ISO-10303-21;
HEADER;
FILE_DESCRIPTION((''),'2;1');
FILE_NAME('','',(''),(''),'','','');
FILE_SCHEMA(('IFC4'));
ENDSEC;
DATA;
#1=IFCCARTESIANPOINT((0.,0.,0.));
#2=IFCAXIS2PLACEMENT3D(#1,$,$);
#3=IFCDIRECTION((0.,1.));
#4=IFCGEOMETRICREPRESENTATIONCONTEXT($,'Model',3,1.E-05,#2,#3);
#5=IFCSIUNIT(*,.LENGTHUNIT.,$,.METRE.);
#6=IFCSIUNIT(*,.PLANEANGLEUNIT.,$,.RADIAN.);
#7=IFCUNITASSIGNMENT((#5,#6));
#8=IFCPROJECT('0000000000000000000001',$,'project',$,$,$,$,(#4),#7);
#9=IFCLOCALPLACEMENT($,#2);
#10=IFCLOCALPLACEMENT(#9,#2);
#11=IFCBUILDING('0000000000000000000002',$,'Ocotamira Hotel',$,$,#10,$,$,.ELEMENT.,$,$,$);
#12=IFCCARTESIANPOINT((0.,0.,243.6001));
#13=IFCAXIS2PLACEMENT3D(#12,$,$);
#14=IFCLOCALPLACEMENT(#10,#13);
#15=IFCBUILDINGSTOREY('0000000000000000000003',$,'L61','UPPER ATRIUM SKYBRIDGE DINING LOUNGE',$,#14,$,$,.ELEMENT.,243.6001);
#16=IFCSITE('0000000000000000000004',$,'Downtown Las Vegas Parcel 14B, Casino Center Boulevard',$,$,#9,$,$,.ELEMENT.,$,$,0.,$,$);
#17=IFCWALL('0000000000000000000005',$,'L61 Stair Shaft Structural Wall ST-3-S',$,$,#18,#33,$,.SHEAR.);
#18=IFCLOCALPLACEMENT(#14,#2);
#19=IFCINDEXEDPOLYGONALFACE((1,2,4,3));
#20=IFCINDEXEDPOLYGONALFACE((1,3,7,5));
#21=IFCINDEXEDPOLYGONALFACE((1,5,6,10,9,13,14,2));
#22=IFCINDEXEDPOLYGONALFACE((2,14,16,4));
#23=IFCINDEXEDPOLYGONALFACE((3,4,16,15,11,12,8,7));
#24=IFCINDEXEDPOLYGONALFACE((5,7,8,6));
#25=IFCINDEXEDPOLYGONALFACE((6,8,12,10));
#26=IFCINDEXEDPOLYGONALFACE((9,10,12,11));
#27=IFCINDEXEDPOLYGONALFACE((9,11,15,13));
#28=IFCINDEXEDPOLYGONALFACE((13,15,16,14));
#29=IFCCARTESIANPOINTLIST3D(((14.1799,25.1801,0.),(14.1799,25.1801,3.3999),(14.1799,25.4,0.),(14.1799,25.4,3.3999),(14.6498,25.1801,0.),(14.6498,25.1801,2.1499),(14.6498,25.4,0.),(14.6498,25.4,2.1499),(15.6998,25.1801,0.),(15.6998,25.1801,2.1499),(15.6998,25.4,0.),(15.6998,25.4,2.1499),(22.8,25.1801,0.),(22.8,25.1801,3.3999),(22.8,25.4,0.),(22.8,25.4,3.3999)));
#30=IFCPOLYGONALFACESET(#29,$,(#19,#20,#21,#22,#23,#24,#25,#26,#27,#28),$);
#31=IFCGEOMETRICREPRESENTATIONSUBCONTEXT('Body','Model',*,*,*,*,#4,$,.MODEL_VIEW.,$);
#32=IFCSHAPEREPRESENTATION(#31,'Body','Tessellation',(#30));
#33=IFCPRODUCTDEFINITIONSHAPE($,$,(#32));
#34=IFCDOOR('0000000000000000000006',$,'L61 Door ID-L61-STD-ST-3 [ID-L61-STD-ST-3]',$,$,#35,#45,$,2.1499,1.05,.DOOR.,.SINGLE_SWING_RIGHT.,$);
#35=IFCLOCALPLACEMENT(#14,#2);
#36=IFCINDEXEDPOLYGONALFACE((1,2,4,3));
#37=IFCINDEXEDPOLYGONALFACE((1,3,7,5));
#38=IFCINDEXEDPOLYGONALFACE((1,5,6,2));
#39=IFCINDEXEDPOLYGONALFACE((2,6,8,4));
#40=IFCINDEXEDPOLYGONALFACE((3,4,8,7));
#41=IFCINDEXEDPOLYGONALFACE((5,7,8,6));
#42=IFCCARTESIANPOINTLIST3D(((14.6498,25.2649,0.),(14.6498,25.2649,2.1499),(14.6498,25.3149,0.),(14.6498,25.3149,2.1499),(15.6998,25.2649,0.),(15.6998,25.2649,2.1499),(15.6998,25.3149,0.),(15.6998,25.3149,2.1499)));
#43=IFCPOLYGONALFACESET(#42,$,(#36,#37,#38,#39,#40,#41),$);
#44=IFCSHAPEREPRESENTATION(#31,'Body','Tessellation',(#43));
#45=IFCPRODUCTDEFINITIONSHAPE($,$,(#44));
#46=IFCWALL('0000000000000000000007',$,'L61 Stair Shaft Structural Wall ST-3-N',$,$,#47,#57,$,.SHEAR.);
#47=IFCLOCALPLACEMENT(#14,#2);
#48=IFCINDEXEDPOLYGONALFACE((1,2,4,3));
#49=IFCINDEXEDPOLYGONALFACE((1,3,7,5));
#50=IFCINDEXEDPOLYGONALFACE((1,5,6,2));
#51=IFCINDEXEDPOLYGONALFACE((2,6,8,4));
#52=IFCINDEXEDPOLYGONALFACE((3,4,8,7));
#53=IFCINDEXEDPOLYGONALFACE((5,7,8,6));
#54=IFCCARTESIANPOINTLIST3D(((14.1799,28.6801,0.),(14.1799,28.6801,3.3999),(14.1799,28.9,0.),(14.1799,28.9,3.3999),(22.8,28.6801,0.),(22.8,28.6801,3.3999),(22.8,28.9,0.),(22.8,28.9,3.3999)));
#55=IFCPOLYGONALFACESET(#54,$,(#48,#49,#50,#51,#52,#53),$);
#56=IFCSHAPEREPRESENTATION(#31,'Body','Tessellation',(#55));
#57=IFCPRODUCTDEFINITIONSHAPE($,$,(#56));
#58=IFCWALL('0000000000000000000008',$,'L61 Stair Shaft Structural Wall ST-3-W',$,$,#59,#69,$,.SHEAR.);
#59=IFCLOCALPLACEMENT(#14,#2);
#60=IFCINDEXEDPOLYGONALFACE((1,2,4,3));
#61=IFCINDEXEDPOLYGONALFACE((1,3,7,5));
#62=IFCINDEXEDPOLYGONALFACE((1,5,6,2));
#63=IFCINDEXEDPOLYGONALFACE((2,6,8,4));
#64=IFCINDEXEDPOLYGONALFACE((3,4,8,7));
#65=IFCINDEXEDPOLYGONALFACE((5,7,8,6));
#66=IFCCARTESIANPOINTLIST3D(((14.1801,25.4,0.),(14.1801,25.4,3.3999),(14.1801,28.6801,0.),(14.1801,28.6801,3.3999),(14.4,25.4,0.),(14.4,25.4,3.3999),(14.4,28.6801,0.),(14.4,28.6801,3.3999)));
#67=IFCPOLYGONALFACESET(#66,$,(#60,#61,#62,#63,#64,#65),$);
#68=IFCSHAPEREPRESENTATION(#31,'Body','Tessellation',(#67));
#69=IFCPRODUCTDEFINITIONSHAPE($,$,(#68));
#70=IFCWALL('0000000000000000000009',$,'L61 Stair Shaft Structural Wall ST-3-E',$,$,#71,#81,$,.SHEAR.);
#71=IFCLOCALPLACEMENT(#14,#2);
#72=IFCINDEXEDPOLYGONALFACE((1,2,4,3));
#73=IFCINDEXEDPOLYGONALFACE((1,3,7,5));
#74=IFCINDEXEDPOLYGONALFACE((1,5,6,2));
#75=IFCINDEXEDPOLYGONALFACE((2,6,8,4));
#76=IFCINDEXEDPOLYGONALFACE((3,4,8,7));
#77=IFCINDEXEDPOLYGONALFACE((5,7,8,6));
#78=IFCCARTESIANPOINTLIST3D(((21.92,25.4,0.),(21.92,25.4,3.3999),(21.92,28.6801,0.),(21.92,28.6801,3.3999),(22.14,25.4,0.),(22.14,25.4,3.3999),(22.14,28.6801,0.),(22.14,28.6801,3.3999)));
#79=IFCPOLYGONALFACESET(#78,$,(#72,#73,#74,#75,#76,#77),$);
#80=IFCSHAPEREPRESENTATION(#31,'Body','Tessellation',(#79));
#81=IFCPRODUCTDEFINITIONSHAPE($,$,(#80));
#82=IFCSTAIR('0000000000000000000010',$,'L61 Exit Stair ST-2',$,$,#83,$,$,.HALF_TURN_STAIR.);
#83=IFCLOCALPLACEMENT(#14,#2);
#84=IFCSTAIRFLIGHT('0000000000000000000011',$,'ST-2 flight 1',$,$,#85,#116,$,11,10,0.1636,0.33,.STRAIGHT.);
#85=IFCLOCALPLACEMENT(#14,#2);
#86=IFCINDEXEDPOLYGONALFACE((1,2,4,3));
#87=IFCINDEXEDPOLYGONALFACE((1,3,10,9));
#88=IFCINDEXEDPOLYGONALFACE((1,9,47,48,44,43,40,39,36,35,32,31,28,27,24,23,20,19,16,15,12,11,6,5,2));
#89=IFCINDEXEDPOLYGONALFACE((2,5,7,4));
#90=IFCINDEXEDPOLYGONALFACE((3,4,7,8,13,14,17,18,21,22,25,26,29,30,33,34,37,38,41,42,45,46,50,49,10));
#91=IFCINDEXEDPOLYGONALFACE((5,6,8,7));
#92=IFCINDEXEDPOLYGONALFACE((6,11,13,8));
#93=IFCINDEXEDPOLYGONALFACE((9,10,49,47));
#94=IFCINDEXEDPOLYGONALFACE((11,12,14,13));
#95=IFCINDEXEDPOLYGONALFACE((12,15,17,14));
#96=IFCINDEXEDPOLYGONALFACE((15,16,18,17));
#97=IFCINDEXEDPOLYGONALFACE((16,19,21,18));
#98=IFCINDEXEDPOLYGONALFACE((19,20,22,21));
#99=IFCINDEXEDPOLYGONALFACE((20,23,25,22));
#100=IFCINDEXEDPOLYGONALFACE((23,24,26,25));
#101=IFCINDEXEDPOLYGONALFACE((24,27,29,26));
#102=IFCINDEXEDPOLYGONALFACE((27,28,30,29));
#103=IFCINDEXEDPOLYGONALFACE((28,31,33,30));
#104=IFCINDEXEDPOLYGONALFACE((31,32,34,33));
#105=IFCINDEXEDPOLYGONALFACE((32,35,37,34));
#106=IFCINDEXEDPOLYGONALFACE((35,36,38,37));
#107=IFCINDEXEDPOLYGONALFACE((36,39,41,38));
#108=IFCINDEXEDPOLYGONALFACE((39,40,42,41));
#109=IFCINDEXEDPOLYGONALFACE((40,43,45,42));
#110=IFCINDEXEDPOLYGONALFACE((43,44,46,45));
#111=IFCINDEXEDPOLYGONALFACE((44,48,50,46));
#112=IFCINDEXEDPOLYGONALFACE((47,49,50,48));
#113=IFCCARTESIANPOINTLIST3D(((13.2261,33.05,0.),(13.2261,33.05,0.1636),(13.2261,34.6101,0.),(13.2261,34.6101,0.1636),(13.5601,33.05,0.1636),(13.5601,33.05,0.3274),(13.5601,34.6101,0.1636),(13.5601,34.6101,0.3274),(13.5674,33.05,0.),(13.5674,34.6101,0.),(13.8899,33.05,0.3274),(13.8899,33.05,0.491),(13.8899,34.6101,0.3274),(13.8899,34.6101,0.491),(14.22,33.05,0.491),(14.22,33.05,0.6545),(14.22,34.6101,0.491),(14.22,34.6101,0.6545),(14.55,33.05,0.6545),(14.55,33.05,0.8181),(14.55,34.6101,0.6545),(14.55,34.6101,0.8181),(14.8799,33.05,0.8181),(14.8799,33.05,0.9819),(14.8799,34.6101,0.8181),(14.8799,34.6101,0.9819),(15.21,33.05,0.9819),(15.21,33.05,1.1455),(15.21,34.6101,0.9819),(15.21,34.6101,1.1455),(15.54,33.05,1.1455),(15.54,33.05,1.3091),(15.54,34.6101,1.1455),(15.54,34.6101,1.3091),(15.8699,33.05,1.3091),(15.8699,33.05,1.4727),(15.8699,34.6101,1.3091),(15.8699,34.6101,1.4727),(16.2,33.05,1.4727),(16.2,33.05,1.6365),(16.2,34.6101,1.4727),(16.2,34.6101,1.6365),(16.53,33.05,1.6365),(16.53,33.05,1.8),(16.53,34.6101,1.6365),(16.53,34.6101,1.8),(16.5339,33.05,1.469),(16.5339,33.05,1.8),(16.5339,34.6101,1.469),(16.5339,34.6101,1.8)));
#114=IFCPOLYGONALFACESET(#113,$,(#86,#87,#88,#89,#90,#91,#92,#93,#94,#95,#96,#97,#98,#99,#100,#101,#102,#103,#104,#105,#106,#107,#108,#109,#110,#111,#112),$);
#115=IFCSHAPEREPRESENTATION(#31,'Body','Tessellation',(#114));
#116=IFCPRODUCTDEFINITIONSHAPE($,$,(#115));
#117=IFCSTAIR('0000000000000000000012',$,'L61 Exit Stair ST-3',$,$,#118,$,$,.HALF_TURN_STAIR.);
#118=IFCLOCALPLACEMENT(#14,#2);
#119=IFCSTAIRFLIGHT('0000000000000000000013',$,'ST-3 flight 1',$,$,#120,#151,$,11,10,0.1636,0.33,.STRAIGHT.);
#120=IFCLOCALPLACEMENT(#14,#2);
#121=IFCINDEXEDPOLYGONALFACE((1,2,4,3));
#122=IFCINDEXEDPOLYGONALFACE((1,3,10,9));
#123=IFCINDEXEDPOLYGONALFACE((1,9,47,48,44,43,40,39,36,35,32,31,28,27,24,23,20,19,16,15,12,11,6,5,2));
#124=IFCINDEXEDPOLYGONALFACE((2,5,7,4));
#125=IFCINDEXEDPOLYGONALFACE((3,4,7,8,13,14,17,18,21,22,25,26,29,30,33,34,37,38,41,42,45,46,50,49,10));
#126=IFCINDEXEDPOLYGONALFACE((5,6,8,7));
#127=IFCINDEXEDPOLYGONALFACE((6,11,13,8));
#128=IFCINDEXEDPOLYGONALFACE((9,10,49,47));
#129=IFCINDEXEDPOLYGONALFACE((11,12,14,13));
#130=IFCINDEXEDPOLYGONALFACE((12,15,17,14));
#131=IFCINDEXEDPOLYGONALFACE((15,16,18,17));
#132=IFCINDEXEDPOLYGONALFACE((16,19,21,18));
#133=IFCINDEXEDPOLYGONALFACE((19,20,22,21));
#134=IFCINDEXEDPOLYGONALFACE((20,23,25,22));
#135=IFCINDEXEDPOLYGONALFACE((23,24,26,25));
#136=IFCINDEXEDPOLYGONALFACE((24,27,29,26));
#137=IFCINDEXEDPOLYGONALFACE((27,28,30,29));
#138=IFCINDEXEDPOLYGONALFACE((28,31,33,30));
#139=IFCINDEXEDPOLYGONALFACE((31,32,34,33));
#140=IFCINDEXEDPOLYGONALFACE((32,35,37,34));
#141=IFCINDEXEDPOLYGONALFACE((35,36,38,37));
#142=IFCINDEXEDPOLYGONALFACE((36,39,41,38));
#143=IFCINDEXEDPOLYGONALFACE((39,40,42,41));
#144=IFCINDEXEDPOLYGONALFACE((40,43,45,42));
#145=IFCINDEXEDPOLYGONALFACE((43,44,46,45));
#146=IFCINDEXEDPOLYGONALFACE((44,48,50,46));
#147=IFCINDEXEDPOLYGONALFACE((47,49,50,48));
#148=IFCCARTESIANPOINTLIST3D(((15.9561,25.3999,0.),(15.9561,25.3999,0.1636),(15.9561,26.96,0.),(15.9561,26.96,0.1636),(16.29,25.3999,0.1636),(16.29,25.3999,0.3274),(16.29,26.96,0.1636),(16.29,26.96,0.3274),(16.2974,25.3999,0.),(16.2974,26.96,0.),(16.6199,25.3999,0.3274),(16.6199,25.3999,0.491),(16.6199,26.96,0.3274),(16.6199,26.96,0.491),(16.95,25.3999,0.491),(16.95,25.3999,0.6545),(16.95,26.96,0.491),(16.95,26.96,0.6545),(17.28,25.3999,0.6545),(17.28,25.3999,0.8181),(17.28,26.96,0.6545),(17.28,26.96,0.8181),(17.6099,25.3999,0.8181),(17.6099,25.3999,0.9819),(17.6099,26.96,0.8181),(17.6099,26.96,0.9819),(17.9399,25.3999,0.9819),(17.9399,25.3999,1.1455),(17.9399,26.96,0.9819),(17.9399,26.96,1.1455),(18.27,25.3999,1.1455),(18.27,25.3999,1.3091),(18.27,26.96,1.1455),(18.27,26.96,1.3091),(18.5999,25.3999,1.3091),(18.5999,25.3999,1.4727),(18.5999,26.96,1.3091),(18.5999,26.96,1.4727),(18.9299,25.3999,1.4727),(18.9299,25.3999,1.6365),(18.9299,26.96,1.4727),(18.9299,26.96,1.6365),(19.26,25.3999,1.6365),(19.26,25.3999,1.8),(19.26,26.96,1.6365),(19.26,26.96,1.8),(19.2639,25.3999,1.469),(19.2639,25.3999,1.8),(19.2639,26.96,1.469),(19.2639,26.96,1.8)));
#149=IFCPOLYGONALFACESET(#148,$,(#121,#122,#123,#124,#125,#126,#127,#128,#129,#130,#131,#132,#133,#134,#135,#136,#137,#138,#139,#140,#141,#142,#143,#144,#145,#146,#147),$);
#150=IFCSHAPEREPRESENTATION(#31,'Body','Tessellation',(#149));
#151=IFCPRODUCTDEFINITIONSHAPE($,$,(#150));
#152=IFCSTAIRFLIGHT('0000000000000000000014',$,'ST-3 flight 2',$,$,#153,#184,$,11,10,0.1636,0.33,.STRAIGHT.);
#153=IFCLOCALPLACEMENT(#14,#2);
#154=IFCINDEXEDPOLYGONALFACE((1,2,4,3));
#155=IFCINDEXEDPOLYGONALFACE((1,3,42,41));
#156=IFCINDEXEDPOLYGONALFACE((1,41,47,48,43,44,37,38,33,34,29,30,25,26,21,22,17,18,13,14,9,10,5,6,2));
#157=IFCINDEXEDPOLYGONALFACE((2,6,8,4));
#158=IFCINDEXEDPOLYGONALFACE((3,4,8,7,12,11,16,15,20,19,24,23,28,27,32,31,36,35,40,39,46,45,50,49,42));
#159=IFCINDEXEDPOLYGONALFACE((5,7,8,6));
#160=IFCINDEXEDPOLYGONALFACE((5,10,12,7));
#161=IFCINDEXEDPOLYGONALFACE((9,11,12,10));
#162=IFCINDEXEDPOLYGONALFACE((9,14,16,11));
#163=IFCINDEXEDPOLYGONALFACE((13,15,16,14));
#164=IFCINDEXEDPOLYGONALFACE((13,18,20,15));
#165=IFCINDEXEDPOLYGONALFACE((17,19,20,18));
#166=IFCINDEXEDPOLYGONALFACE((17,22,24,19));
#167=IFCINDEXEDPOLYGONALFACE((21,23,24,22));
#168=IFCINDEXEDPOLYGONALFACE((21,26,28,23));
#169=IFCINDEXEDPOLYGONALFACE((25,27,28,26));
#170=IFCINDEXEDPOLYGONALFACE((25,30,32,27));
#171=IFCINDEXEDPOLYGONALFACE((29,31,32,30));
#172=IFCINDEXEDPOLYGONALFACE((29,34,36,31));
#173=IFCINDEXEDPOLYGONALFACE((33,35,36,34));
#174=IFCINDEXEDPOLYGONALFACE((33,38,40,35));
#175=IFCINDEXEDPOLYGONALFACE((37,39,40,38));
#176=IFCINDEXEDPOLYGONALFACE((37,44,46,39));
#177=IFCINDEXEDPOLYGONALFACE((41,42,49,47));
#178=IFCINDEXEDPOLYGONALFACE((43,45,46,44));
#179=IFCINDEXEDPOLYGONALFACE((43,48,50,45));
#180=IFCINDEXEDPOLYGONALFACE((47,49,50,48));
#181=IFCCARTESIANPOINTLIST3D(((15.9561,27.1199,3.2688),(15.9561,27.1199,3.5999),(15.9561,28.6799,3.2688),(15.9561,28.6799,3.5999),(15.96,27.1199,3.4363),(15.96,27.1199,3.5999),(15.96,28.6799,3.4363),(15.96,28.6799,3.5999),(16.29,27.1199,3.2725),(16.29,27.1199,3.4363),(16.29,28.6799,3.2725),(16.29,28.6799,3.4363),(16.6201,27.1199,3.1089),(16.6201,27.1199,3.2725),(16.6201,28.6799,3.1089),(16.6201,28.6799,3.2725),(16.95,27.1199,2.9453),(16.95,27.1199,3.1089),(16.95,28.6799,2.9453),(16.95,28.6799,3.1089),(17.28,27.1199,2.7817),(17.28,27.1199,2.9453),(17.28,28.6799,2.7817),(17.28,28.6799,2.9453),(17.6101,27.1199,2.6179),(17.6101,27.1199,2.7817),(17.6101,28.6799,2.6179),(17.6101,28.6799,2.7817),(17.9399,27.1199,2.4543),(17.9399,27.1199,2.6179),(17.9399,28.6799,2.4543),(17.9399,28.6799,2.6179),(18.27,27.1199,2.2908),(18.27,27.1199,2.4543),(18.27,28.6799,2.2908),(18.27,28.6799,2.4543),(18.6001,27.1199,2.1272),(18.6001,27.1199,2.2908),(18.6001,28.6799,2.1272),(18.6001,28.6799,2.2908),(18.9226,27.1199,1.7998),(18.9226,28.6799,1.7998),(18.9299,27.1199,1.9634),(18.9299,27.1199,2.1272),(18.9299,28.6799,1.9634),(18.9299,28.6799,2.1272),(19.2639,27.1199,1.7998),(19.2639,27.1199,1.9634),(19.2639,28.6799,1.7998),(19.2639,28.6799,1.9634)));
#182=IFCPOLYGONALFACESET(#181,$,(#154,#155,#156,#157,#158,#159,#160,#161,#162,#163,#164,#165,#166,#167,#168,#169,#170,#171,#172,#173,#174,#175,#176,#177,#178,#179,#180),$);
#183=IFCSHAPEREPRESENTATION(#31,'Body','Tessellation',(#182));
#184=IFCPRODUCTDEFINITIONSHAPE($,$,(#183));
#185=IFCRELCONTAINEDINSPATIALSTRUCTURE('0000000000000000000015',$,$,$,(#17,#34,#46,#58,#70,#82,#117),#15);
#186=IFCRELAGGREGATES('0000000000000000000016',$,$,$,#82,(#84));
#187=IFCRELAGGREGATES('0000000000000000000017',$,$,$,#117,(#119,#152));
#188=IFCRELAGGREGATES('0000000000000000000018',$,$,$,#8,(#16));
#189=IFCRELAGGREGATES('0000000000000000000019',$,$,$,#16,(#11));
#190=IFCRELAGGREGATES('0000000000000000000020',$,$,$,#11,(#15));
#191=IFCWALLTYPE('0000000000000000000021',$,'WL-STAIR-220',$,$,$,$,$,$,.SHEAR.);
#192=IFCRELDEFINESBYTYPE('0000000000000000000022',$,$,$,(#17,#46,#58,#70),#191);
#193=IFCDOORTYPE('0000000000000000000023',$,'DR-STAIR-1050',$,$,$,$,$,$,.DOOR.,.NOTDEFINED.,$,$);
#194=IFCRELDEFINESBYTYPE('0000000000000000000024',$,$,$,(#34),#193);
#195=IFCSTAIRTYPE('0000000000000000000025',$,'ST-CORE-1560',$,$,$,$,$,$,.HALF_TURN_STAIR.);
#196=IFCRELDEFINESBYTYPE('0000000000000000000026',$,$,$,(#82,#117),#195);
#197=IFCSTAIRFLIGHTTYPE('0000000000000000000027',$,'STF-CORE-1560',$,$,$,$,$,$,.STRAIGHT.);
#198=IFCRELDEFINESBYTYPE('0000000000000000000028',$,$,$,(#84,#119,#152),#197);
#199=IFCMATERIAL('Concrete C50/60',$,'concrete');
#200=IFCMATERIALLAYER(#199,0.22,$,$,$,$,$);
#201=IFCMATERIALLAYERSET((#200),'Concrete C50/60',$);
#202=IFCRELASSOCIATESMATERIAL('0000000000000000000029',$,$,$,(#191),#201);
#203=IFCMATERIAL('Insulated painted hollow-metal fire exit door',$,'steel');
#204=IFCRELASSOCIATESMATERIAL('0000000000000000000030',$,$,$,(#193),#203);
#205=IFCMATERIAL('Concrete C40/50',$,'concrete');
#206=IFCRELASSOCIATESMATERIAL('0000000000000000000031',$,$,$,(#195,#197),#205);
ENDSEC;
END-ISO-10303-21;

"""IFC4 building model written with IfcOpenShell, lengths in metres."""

from ifc_helpers import new_model, si_unit, direction, frame, frame_2d, origin, place, context, subcontext, project, spatial, polyline, rectangle, outline, extrude, source, transform, mapped, material, layer, layer_set, type_object, element, fill, aggregate, save


model = new_model("IFC4")

# Units and contexts
model_context = context("Model", 3, precision=1e-05, world=origin(), true_north=direction((0.0, 1.0)))
body_context = subcontext(model_context, "Body", "Model", "MODEL_VIEW")
ifc_project = project(units=[si_unit("LENGTHUNIT", "METRE"), si_unit("PLANEANGLEUNIT", "RADIAN")], contexts=[model_context])

# Site, building, storey
site_placement = place(None, origin())
site = spatial("IfcSite", under=ifc_project, at=site_placement, Name="Downtown Las Vegas Parcel 14B, Casino Center Boulevard", CompositionType="ELEMENT", RefElevation=0.0)
building_placement = place(site_placement, origin())
building = spatial("IfcBuilding", under=site, at=building_placement, Name="Ocotamira Hotel", CompositionType="ELEMENT")
storey_placement = place(building_placement, frame((0.0, 0.0, 243.6001)))
storey = spatial("IfcBuildingStorey", under=building, at=storey_placement, Name="L61", Description="UPPER ATRIUM SKYBRIDGE DINING LOUNGE", CompositionType="ELEMENT", Elevation=243.6001)

# Shared definitions
ifc_material_1 = material(Name="Concrete C50/60", Category="concrete")
ifc_layer_1 = layer(ifc_material_1, 0.22)
ifc_layer_set_1 = layer_set([ifc_layer_1], Name="Concrete C50/60")
wall_type_1 = type_object("IfcWallType", Name="WL-STAIR-220", PredefinedType="SHEAR", material=ifc_layer_set_1)

# Wall, opening, door
wall_1_placement = place(storey_placement, frame((14.1799, 25.29, 0.0), z_axis=(0.0, 0.0, 1.0), x_axis=(1.0, 0.0, 0.0)))
wall_1 = element("IfcWall", 1, at=wall_1_placement, inside=storey, type_object=wall_type_1, Name="L61 Stair Shaft Structural Wall ST-3-S", PredefinedType="SHEAR", context=body_context, shape_type="SweptSolid", body=[
    extrude(rectangle(XDim=8.6201, YDim=0.22, at=frame_2d((4.3101, 0.0))), origin(), (0.0, 0.0, 1.0), 3.3999),
])
opening_1_placement = place(wall_1_placement, frame((0.47, 0.0, 0.0)))
opening_1 = element("IfcOpeningElement", 2, at=opening_1_placement, cuts=wall_1, PredefinedType="OPENING", context=body_context, shape_type="SweptSolid", body=[
    extrude(rectangle(XDim=1.05, YDim=2.1499, at=frame_2d((0.5249, 1.075))), frame((0.0, 0.1201, 0.0), z_axis=(0.0, -1.0, 0.0), x_axis=(1.0, 0.0, 0.0)), (0.0, 0.0, 1.0), 0.24),
])
ifc_material_2 = material(Name="Insulated painted hollow-metal fire exit door", Category="steel")
door_type_1 = type_object("IfcDoorType", Name="DR-STAIR-1050", OperationType="NOTDEFINED", PredefinedType="DOOR", material=ifc_material_2)
shared_shape_1 = source(origin(), body_context, "Body", "SweptSolid", [
    extrude(rectangle(XDim=1.05, YDim=2.1499, at=frame_2d((0.5249, 1.075))), frame((0.0, 0.0249, 0.0), z_axis=(0.0, -1.0, 0.0), x_axis=(1.0, 0.0, 0.0)), (0.0, 0.0, 1.0), 0.05),
])
door_1_placement = place(opening_1_placement, origin())
door_1 = element("IfcDoor", 3, at=door_1_placement, inside=storey, type_object=door_type_1, Name="L61 Door ID-L61-STD-ST-3 [ID-L61-STD-ST-3]", OperationType="SINGLE_SWING_RIGHT", OverallHeight=2.1499, OverallWidth=1.05, PredefinedType="DOOR", context=body_context, shape_type="MappedRepresentation", body=[
    mapped(shared_shape_1, transform((0.0, 0.0, 0.0), scale=1.0)),
])
fill(opening_1, door_1)

# Walls
wall_2_placement = place(storey_placement, frame((14.1799, 28.79, 0.0), z_axis=(0.0, 0.0, 1.0), x_axis=(1.0, 0.0, 0.0)))
element("IfcWall", 4, at=wall_2_placement, inside=storey, type_object=wall_type_1, Name="L61 Stair Shaft Structural Wall ST-3-N", PredefinedType="SHEAR", context=body_context, shape_type="SweptSolid", body=[
    extrude(rectangle(XDim=8.6201, YDim=0.22, at=frame_2d((4.3101, 0.0))), origin(), (0.0, 0.0, 1.0), 3.3999),
])
for number, where, z_axis, x_axis, name in (
    (5, (14.29, 25.3999, 0.0), (0.0, 0.0, 1.0), (0.0, 1.0, 0.0), "L61 Stair Shaft Structural Wall ST-3-W"),
    (6, (22.03, 25.3999, 0.0), (0.0, 0.0, 1.0), (0.0, 1.0, 0.0), "L61 Stair Shaft Structural Wall ST-3-E"),
):
    element("IfcWall", number, at=place(storey_placement, frame(where, z_axis=z_axis, x_axis=x_axis)), inside=storey, type_object=wall_type_1, Name=name, PredefinedType="SHEAR", context=body_context, shape_type="SweptSolid", body=[
        extrude(rectangle(XDim=3.28, YDim=0.22, at=frame_2d((1.6401, 0.0))), origin(), (0.0, 0.0, 1.0), 3.3999),
    ])

# Stair, stair flight
ifc_material_3 = material(Name="Concrete C40/50", Category="concrete")
stair_type = type_object("IfcStairType", Name="ST-CORE-1560", PredefinedType="HALF_TURN_STAIR", material=ifc_material_3)
stair_1_placement = place(storey_placement, origin())
stair_1 = element("IfcStair", 7, at=stair_1_placement, inside=storey, type_object=stair_type, Name="L61 Exit Stair ST-2", PredefinedType="HALF_TURN_STAIR")
stair_flight_type = type_object("IfcStairFlightType", Name="STF-CORE-1560", PredefinedType="STRAIGHT", material=ifc_material_3)
shared_shape_2 = source(origin(), body_context, "Body", "SweptSolid", [
    extrude(outline(polyline([(-0.0039, 0.0), (-0.0039, 0.1636), (0.3301, 0.1636), (0.3301, 0.3274), (0.6599, 0.3274), (0.6599, 0.491), (0.99, 0.491), (0.99, 0.6545), (1.3201, 0.6545), (1.3201, 0.8181), (1.6499, 0.8181), (1.6499, 0.9819), (1.98, 0.9819), (1.98, 1.1455), (2.3101, 1.1455), (2.3101, 1.3091), (2.6399, 1.3091), (2.6399, 1.4727), (2.97, 1.4727), (2.97, 1.6365), (3.3, 1.6365), (3.3, 1.8), (3.304, 1.8), (3.304, 1.469), (0.3374, 0.0), (-0.0039, 0.0)])), frame((0.0, 0.78, 0.0), z_axis=(0.0, -1.0, 0.0), x_axis=(1.0, 0.0, 0.0)), (0.0, 0.0, 1.0), 1.5601),
])
stair_flight_1_placement = place(storey_placement, frame((13.23, 33.8301, 0.0), z_axis=(0.0, 0.0, 1.0), x_axis=(1.0, 0.0, 0.0)))
stair_flight_1 = element("IfcStairFlight", 8, at=stair_flight_1_placement, type_object=stair_flight_type, Name="ST-2 flight 1", NumberOfRisers=11, NumberOfTreads=10, PredefinedType="STRAIGHT", RiserHeight=0.1636, TreadLength=0.33, context=body_context, shape_type="MappedRepresentation", body=[
    mapped(shared_shape_2, transform((0.0, 0.0, 0.0), scale=1.0)),
])
aggregate(stair_1, [stair_flight_1])

# Stair, stair flights
stair_2_placement = place(storey_placement, origin())
stair_2 = element("IfcStair", 9, at=stair_2_placement, inside=storey, type_object=stair_type, Name="L61 Exit Stair ST-3", PredefinedType="HALF_TURN_STAIR")
stair_flight_2_placement = place(storey_placement, frame((15.96, 26.1799, 0.0), z_axis=(0.0, 0.0, 1.0), x_axis=(1.0, 0.0, 0.0)))
stair_flight_2 = element("IfcStairFlight", 10, at=stair_flight_2_placement, type_object=stair_flight_type, Name="ST-3 flight 1", NumberOfRisers=11, NumberOfTreads=10, PredefinedType="STRAIGHT", RiserHeight=0.1636, TreadLength=0.33, context=body_context, shape_type="MappedRepresentation", body=[
    mapped(shared_shape_2, transform((0.0, 0.0, 0.0), scale=1.0)),
])
stair_flight_3_placement = place(storey_placement, frame((19.26, 27.8999, 1.7998), z_axis=(0.0, 0.0, 1.0), x_axis=(-1.0, 0.0, 0.0)))
stair_flight_3 = element("IfcStairFlight", 11, at=stair_flight_3_placement, type_object=stair_flight_type, Name="ST-3 flight 2", NumberOfRisers=11, NumberOfTreads=10, PredefinedType="STRAIGHT", RiserHeight=0.1636, TreadLength=0.33, context=body_context, shape_type="MappedRepresentation", body=[
    mapped(shared_shape_2, transform((0.0, 0.0, 0.0), scale=1.0)),
])
aggregate(stair_2, [stair_flight_2, stair_flight_3])

save(model, "model.ifc")
